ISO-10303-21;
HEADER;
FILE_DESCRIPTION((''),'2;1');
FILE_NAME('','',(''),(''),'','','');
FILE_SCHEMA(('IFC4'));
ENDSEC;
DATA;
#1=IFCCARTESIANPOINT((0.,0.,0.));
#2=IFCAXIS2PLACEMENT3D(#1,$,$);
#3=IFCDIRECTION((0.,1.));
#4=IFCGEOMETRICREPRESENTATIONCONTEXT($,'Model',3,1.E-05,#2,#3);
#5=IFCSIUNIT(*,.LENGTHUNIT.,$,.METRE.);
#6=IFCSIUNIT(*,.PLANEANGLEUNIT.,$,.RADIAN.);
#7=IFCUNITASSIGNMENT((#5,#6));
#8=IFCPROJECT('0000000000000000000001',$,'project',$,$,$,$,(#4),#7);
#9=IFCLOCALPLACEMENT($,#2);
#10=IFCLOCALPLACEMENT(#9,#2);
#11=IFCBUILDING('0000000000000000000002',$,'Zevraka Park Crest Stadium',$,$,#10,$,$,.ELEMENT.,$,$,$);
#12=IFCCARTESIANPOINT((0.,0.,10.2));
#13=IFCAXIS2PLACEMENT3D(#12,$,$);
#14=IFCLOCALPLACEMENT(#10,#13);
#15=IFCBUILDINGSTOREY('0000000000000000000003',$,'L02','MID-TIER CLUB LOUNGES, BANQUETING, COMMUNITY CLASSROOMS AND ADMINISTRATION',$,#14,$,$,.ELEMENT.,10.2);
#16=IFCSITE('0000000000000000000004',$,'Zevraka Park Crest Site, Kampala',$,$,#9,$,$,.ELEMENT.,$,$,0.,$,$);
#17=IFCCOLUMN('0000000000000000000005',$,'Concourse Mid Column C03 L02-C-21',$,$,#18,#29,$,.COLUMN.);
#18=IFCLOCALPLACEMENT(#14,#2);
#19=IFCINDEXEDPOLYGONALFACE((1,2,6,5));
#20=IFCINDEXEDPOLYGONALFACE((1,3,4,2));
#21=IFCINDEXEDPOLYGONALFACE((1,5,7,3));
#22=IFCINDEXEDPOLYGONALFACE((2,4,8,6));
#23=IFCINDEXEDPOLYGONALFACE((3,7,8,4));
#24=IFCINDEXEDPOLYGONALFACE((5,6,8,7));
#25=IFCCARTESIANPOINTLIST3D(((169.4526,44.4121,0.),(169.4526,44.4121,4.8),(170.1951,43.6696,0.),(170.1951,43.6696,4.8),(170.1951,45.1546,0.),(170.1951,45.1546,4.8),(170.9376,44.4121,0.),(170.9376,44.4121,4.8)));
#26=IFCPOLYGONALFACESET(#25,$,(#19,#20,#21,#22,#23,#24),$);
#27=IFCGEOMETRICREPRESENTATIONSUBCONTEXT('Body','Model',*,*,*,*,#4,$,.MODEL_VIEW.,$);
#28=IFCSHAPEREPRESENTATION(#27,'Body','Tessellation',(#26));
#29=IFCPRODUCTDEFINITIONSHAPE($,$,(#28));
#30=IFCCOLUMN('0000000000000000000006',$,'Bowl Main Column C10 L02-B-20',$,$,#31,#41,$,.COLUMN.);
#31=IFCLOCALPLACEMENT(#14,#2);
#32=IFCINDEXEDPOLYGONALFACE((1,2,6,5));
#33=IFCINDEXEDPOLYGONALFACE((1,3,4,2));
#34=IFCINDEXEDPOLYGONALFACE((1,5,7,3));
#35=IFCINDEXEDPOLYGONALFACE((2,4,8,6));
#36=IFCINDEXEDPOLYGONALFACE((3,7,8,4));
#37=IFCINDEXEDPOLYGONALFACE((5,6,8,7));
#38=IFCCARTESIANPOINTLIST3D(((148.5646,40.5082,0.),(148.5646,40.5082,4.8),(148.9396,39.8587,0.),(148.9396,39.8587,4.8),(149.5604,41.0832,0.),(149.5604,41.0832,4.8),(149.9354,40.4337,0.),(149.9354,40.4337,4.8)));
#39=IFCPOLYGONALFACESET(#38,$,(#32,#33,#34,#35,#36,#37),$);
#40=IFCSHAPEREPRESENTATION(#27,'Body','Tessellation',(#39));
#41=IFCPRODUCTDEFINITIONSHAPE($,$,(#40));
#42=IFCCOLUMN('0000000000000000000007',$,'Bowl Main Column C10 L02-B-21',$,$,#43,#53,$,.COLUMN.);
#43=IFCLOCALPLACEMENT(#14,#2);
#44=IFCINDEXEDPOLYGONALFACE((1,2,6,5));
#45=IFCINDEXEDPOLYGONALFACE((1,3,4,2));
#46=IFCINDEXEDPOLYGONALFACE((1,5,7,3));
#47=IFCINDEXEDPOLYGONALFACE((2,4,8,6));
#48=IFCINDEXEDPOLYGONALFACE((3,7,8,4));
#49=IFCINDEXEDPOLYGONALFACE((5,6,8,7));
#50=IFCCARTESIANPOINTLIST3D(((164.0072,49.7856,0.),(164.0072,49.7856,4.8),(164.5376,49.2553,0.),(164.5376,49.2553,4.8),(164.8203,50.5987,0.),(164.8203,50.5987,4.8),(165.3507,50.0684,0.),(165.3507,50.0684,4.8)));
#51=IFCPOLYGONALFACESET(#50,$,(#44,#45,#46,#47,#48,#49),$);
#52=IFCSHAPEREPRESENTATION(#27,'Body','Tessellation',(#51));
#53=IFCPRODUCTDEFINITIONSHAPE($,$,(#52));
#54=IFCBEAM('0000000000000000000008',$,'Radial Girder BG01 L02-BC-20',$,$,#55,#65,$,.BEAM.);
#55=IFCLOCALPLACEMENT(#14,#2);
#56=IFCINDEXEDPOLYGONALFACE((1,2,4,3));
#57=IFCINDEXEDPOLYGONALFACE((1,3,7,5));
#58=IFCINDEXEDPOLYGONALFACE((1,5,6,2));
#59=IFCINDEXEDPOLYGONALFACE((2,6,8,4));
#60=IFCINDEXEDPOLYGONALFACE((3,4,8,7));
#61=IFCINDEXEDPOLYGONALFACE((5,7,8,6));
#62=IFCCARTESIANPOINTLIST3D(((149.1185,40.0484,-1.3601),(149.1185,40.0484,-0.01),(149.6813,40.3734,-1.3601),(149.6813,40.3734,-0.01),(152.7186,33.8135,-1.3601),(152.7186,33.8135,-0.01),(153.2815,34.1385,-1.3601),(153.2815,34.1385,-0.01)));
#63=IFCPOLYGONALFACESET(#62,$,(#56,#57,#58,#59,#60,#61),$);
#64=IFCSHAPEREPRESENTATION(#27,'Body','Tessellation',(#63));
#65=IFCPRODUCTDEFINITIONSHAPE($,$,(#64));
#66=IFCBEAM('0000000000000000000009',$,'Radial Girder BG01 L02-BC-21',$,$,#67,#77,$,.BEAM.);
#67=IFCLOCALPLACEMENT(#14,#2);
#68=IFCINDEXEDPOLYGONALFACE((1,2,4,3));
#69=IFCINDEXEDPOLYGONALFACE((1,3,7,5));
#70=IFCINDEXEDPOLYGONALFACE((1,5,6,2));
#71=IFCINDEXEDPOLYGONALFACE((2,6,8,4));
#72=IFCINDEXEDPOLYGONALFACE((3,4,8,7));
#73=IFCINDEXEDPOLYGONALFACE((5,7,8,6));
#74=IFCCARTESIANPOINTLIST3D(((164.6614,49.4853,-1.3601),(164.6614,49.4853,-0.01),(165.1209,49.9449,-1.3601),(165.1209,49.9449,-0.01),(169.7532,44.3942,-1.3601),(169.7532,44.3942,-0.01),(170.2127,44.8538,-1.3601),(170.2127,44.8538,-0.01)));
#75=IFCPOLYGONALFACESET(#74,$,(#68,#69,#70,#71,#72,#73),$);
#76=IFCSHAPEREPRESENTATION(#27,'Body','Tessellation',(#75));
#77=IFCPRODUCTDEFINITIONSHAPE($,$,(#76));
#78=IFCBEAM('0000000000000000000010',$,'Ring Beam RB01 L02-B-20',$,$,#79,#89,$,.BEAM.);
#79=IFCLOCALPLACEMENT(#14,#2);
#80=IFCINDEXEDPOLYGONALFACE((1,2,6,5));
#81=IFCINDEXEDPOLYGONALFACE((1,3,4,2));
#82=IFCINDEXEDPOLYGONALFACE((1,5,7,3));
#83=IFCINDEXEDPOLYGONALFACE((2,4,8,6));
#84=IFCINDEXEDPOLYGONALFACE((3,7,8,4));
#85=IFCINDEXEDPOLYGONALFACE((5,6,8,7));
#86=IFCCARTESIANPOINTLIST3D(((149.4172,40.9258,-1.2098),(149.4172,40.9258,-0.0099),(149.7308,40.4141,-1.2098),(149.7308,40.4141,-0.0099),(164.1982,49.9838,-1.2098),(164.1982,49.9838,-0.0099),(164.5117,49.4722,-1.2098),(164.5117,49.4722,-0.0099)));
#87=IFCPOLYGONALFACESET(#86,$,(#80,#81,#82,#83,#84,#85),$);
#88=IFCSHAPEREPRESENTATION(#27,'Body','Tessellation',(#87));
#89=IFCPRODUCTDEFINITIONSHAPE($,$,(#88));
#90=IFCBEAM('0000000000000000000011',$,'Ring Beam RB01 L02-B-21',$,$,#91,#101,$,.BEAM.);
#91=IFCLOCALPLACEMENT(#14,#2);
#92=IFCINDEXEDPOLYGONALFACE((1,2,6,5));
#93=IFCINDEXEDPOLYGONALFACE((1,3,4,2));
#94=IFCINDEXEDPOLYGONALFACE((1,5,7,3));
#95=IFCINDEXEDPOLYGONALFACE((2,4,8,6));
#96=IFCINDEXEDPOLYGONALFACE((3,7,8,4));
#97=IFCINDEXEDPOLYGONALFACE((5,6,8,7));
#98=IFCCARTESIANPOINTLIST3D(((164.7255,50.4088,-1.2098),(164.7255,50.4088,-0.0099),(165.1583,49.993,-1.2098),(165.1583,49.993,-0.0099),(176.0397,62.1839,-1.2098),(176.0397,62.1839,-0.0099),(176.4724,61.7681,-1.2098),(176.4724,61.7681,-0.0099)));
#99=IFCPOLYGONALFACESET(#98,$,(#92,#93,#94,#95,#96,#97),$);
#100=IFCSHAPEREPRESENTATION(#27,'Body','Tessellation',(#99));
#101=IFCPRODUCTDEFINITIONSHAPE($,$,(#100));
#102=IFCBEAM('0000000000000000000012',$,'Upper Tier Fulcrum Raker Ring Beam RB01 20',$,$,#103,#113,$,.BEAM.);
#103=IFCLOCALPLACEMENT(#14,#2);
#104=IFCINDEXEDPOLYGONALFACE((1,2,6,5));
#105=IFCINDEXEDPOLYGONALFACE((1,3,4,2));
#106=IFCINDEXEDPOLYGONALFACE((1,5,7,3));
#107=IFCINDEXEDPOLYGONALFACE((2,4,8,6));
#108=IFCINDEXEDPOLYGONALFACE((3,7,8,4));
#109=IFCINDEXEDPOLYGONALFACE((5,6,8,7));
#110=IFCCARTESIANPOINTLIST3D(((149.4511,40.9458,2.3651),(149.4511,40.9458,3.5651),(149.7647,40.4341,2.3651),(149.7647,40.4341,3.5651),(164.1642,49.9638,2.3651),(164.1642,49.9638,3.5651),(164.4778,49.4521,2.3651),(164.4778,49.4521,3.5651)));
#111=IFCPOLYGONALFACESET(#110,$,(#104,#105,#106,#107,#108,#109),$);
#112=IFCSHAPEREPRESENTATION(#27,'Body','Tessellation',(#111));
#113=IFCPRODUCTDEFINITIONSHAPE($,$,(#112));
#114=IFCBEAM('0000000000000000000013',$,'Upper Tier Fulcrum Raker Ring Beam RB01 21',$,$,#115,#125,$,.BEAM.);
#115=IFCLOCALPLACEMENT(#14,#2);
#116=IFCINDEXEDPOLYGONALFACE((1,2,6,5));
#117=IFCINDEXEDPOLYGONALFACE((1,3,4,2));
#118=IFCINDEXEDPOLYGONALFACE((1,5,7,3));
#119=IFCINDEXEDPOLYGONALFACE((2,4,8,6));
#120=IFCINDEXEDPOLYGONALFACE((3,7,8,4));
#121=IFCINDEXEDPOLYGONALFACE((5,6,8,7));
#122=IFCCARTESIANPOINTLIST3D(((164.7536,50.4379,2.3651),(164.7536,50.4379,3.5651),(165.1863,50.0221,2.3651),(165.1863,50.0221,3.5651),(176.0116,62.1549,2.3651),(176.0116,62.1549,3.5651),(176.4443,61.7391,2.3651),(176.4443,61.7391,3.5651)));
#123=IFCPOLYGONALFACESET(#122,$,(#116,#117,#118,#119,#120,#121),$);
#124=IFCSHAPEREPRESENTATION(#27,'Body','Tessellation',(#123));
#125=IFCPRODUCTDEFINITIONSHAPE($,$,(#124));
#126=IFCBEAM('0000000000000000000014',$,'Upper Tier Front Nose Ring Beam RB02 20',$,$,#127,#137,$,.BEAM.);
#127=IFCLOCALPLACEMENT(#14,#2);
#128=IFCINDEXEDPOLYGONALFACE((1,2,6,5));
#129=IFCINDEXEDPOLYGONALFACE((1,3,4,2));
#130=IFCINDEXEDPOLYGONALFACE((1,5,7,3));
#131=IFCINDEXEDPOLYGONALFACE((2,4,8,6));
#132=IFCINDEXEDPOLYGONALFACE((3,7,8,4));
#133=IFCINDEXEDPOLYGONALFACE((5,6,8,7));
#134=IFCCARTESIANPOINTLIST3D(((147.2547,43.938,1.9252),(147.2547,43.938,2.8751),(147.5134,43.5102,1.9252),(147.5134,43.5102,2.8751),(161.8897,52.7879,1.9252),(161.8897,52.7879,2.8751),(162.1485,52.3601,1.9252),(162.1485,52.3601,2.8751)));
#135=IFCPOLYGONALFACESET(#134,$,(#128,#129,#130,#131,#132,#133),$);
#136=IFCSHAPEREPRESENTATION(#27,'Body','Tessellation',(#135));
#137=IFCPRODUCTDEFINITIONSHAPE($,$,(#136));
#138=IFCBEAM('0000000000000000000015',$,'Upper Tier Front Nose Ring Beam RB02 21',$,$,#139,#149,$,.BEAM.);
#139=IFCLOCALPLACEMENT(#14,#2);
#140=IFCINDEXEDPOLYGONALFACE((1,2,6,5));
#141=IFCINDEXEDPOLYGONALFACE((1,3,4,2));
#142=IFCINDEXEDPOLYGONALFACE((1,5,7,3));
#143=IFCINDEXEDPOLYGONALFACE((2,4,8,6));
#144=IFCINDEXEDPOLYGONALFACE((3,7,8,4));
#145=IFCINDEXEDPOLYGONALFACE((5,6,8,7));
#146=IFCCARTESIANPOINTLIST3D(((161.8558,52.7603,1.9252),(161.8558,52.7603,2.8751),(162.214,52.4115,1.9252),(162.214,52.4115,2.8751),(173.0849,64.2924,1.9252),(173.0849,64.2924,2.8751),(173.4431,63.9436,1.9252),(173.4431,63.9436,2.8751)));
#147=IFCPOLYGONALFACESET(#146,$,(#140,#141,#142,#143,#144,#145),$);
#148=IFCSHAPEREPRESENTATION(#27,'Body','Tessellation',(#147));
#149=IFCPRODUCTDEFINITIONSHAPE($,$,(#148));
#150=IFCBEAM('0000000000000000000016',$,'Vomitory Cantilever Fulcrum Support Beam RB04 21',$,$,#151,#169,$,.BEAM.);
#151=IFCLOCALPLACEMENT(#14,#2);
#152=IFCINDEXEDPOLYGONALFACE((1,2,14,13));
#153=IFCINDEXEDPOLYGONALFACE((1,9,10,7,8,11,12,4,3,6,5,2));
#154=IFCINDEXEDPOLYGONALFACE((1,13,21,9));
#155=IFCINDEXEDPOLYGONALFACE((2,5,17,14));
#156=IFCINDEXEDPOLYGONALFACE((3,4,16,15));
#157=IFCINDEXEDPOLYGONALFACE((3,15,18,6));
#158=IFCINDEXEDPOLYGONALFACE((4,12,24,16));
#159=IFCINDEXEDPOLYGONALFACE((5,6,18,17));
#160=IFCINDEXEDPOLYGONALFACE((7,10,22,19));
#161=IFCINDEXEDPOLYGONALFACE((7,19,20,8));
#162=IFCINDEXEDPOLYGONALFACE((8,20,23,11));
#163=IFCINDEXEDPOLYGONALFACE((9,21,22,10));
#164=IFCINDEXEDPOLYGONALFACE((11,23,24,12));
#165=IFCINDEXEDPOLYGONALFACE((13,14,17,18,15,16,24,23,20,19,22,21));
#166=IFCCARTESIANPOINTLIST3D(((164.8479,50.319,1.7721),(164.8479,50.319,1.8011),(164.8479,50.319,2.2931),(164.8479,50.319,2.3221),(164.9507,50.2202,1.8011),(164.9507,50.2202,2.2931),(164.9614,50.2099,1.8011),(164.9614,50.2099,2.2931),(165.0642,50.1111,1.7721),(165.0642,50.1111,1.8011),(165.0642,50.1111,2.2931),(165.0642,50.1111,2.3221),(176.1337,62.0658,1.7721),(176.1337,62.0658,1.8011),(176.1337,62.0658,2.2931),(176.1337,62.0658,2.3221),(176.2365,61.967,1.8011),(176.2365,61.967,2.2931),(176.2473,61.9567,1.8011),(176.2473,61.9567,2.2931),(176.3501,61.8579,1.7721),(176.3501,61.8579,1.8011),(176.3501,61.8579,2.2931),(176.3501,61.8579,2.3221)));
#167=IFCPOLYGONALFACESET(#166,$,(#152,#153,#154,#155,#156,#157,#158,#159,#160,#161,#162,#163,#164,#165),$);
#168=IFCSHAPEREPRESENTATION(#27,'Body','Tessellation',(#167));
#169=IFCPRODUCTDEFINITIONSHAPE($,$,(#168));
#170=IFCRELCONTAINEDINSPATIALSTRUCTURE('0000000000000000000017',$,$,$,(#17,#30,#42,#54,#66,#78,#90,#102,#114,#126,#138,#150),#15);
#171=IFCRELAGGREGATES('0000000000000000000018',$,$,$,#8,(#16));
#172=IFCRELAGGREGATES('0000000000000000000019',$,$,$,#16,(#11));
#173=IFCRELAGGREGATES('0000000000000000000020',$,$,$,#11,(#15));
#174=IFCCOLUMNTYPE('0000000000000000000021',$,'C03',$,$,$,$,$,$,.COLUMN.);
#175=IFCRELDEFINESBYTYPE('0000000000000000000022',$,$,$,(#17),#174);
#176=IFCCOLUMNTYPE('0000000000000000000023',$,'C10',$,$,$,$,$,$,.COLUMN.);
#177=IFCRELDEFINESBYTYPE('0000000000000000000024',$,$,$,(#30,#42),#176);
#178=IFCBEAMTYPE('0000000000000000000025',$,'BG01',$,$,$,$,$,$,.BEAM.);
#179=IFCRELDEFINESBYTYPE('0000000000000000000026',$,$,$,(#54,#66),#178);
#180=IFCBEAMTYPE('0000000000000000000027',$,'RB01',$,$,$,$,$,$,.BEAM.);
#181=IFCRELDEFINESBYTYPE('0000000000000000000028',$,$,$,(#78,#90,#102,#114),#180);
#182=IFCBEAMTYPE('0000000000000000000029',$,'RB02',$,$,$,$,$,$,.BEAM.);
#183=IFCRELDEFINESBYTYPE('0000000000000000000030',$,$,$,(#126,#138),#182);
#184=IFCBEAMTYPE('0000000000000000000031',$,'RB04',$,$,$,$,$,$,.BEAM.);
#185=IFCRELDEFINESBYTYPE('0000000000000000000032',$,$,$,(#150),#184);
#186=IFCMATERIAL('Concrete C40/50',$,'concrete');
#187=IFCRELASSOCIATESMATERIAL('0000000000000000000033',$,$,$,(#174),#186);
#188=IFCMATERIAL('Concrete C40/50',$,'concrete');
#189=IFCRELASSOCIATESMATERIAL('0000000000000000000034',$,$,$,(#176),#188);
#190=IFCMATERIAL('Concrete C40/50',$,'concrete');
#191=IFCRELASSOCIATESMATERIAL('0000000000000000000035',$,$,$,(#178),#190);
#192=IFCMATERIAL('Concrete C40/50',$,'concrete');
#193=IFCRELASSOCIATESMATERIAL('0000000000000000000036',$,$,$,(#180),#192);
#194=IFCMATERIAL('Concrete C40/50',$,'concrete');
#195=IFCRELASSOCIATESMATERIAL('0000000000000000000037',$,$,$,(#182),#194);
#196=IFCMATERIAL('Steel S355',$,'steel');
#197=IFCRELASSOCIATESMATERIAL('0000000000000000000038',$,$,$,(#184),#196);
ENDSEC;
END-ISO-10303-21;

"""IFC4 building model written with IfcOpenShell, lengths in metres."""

from ifc_helpers import new_model, si_unit, direction, frame, origin, origin_2d, place, context, subcontext, project, spatial, rectangle, i_section, extrude, material, material_profile, profile_set, type_object, element, save


model = new_model("IFC4")

# Units and contexts
model_context = context("Model", 3, precision=1e-05, world=origin(), true_north=direction((0.0, 1.0)))
body_context = subcontext(model_context, "Body", "Model", "MODEL_VIEW")
ifc_project = project(units=[si_unit("LENGTHUNIT", "METRE"), si_unit("PLANEANGLEUNIT", "RADIAN")], contexts=[model_context])

# Site, building, storey
site_placement = place(None, origin())
site = spatial("IfcSite", under=ifc_project, at=site_placement, Name="Zevraka Park Crest Site, Kampala", CompositionType="ELEMENT", RefElevation=0.0)
building_placement = place(site_placement, origin())
building = spatial("IfcBuilding", under=site, at=building_placement, Name="Zevraka Park Crest Stadium", CompositionType="ELEMENT")
storey_placement = place(building_placement, frame((0.0, 0.0, 10.2)))
storey = spatial("IfcBuildingStorey", under=building, at=storey_placement, Name="L02", Description="MID-TIER CLUB LOUNGES, BANQUETING, COMMUNITY CLASSROOMS AND ADMINISTRATION", CompositionType="ELEMENT", Elevation=10.2)

# Columns
ifc_material_1 = material(Name="Concrete C40/50", Category="concrete")
ifc_material_profile_1 = material_profile(ifc_material_1, rectangle(XDim=1.05, YDim=1.05, at=origin_2d()), Name="RC 1050x1050")
ifc_profile_set_1 = profile_set([ifc_material_profile_1], Name="Concrete C40/50")
column_type_1 = type_object("IfcColumnType", Name="C03", PredefinedType="COLUMN", material=ifc_profile_set_1)
column_placement = place(storey_placement, frame((170.1951, 44.4121, 0.0), z_axis=(0.0, 0.0, 1.0), x_axis=(-0.707107, 0.707107, 0.0)))
element("IfcColumn", 1, at=column_placement, inside=storey, type_object=column_type_1, Name="Concourse Mid Column C03 L02-C-21", PredefinedType="COLUMN", context=body_context, shape_type="SweptSolid", body=[
    extrude(rectangle(XDim=1.05, YDim=1.05, at=origin_2d()), origin(), (0.0, 0.0, 1.0), 4.8),
])
ifc_material_2 = material(Name="Concrete C40/50", Category="concrete")
ifc_material_profile_2 = material_profile(ifc_material_2, rectangle(XDim=0.75, YDim=1.1499, at=origin_2d()), Name="RC 1150x750")
ifc_profile_set_2 = profile_set([ifc_material_profile_2], Name="Concrete C40/50")
column_type_2 = type_object("IfcColumnType", Name="C10", PredefinedType="COLUMN", material=ifc_profile_set_2)
for number, where, z_axis, x_axis, name in (
    (2, (149.25, 40.4709, 0.0), (0.0, 0.0, 1.0), (-0.5, 0.866025, 0.0), "Bowl Main Column C10 L02-B-20"),
    (3, (164.679, 49.927, 0.0), (0.0, 0.0, 1.0), (-0.707107, 0.707107, 0.0), "Bowl Main Column C10 L02-B-21"),
):
    element("IfcColumn", number, at=place(storey_placement, frame(where, z_axis=z_axis, x_axis=x_axis)), inside=storey, type_object=column_type_2, Name=name, PredefinedType="COLUMN", context=body_context, shape_type="SweptSolid", body=[
        extrude(rectangle(XDim=0.75, YDim=1.1499, at=origin_2d()), origin(), (0.0, 0.0, 1.0), 4.8),
    ])

# Beams
ifc_material_3 = material(Name="Concrete C40/50", Category="concrete")
ifc_material_profile_3 = material_profile(ifc_material_3, rectangle(XDim=0.6499, YDim=1.3501, at=origin_2d()), Name="RC 1350x650")
ifc_profile_set_3 = profile_set([ifc_material_profile_3], Name="Concrete C40/50")
beam_type_1 = type_object("IfcBeamType", Name="BG01", PredefinedType="BEAM", material=ifc_profile_set_3)
beam_1_placement = place(storey_placement, frame((149.3999, 40.2109, -0.6851), z_axis=(0.500041, -0.866001, 0.0), x_axis=(0.866001, 0.500041, 0.0)))
element("IfcBeam", 4, at=beam_1_placement, inside=storey, type_object=beam_type_1, Name="Radial Girder BG01 L02-BC-20", PredefinedType="BEAM", context=body_context, shape_type="SweptSolid", body=[
    extrude(rectangle(XDim=0.6499, YDim=1.3501, at=origin_2d()), origin(), (0.0, 0.0, 1.0), 7.1997),
])
beam_2_placement = place(storey_placement, frame((164.8911, 49.7151, -0.6851), z_axis=(0.707158, -0.707056, 0.0), x_axis=(0.707056, 0.707158, 0.0)))
element("IfcBeam", 5, at=beam_2_placement, inside=storey, type_object=beam_type_1, Name="Radial Girder BG01 L02-BC-21", PredefinedType="BEAM", context=body_context, shape_type="SweptSolid", body=[
    extrude(rectangle(XDim=0.6499, YDim=1.3501, at=origin_2d()), origin(), (0.0, 0.0, 1.0), 7.2004),
])
ifc_material_4 = material(Name="Concrete C40/50", Category="concrete")
ifc_material_profile_4 = material_profile(ifc_material_4, rectangle(XDim=0.6001, YDim=1.2, at=origin_2d()), Name="RC 1200x600")
ifc_profile_set_4 = profile_set([ifc_material_profile_4], Name="Concrete C40/50")
beam_type_2 = type_object("IfcBeamType", Name="RB01", PredefinedType="BEAM", material=ifc_profile_set_4)
beam_3_placement = place(storey_placement, frame((149.574, 40.6699, -0.6099), z_axis=(0.852633, 0.522511, 0.0), x_axis=(-0.522511, 0.852633, 0.0)))
element("IfcBeam", 6, at=beam_3_placement, inside=storey, type_object=beam_type_2, Name="Ring Beam RB01 L02-B-20", PredefinedType="BEAM", context=body_context, shape_type="SweptSolid", body=[
    extrude(rectangle(XDim=0.6001, YDim=1.2, at=origin_2d()), origin(), (0.0, 0.0, 1.0), 17.3357),
])
beam_4_placement = place(storey_placement, frame((164.9419, 50.2009, -0.6099), z_axis=(0.692853, 0.721079, 0.0), x_axis=(-0.721079, 0.692853, 0.0)))
element("IfcBeam", 7, at=beam_4_placement, inside=storey, type_object=beam_type_2, Name="Ring Beam RB01 L02-B-21", PredefinedType="BEAM", context=body_context, shape_type="SweptSolid", body=[
    extrude(rectangle(XDim=0.6001, YDim=1.2, at=origin_2d()), origin(), (0.0, 0.0, 1.0), 16.3298),
])
beam_5_placement = place(storey_placement, frame((149.6079, 40.6899, 2.9651), z_axis=(0.852593, 0.522576, 0.0), x_axis=(-0.522576, 0.852593, 0.0)))
element("IfcBeam", 8, at=beam_5_placement, inside=storey, type_object=beam_type_2, Name="Upper Tier Fulcrum Raker Ring Beam RB01 20", PredefinedType="BEAM", context=body_context, shape_type="SweptSolid", body=[
    extrude(rectangle(XDim=0.6001, YDim=1.2, at=origin_2d()), origin(), (0.0, 0.0, 1.0), 17.2568),
])
beam_6_placement = place(storey_placement, frame((164.97, 50.23, 2.9651), z_axis=(0.692842, 0.721089, 0.0), x_axis=(-0.721089, 0.692842, 0.0)))
element("IfcBeam", 9, at=beam_6_placement, inside=storey, type_object=beam_type_2, Name="Upper Tier Fulcrum Raker Ring Beam RB01 21", PredefinedType="BEAM", context=body_context, shape_type="SweptSolid", body=[
    extrude(rectangle(XDim=0.6001, YDim=1.2, at=origin_2d()), origin(), (0.0, 0.0, 1.0), 16.249),
])
ifc_material_5 = material(Name="Concrete C40/50", Category="concrete")
ifc_material_profile_5 = material_profile(ifc_material_5, rectangle(XDim=0.5, YDim=0.95, at=origin_2d()), Name="RC 950x500")
ifc_profile_set_5 = profile_set([ifc_material_profile_5], Name="Concrete C40/50")
beam_type_3 = type_object("IfcBeamType", Name="RB02", PredefinedType="BEAM", material=ifc_profile_set_5)
beam_7_placement = place(storey_placement, frame((147.384, 43.7241, 2.4001), z_axis=(0.855712, 0.517453, 0.0), x_axis=(-0.517453, 0.855712, 0.0)))
element("IfcBeam", 10, at=beam_7_placement, inside=storey, type_object=beam_type_3, Name="Upper Tier Front Nose Ring Beam RB02 20", PredefinedType="BEAM", context=body_context, shape_type="SweptSolid", body=[
    extrude(rectangle(XDim=0.5, YDim=0.95, at=origin_2d()), origin(), (0.0, 0.0, 1.0), 17.1028),
])
beam_8_placement = place(storey_placement, frame((162.0349, 52.5859, 2.4001), z_axis=(0.697632, 0.716456, 0.0), x_axis=(-0.716456, 0.697632, 0.0)))
element("IfcBeam", 11, at=beam_8_placement, inside=storey, type_object=beam_type_3, Name="Upper Tier Front Nose Ring Beam RB02 21", PredefinedType="BEAM", context=body_context, shape_type="SweptSolid", body=[
    extrude(rectangle(XDim=0.5, YDim=0.95, at=origin_2d()), origin(), (0.0, 0.0, 1.0), 16.0959),
])
ifc_material_6 = material(Name="Steel S355", Category="steel")
ifc_material_profile_6 = material_profile(ifc_material_6, i_section(OverallWidth=0.3, OverallDepth=0.55, WebThickness=0.0149, FlangeThickness=0.0291, at=origin_2d()), Name="HEB 550")
ifc_profile_set_6 = profile_set([ifc_material_profile_6], Name="Steel S355")
beam_type_4 = type_object("IfcBeamType", Name="RB04", PredefinedType="BEAM", material=ifc_profile_set_6)
beam_9_placement = place(storey_placement, frame((164.9561, 50.2151, 2.0471), z_axis=(0.692817, 0.721113, 0.0), x_axis=(-0.721113, 0.692817, 0.0)))
element("IfcBeam", 12, at=beam_9_placement, inside=storey, type_object=beam_type_4, Name="Vomitory Cantilever Fulcrum Support Beam RB04 21", PredefinedType="BEAM", context=body_context, shape_type="SweptSolid", body=[
    extrude(i_section(OverallWidth=0.3, OverallDepth=0.55, WebThickness=0.0149, FlangeThickness=0.0291, at=origin_2d()), origin(), (0.0, 0.0, 1.0), 16.2898),
])

save(model, "model.ifc")
